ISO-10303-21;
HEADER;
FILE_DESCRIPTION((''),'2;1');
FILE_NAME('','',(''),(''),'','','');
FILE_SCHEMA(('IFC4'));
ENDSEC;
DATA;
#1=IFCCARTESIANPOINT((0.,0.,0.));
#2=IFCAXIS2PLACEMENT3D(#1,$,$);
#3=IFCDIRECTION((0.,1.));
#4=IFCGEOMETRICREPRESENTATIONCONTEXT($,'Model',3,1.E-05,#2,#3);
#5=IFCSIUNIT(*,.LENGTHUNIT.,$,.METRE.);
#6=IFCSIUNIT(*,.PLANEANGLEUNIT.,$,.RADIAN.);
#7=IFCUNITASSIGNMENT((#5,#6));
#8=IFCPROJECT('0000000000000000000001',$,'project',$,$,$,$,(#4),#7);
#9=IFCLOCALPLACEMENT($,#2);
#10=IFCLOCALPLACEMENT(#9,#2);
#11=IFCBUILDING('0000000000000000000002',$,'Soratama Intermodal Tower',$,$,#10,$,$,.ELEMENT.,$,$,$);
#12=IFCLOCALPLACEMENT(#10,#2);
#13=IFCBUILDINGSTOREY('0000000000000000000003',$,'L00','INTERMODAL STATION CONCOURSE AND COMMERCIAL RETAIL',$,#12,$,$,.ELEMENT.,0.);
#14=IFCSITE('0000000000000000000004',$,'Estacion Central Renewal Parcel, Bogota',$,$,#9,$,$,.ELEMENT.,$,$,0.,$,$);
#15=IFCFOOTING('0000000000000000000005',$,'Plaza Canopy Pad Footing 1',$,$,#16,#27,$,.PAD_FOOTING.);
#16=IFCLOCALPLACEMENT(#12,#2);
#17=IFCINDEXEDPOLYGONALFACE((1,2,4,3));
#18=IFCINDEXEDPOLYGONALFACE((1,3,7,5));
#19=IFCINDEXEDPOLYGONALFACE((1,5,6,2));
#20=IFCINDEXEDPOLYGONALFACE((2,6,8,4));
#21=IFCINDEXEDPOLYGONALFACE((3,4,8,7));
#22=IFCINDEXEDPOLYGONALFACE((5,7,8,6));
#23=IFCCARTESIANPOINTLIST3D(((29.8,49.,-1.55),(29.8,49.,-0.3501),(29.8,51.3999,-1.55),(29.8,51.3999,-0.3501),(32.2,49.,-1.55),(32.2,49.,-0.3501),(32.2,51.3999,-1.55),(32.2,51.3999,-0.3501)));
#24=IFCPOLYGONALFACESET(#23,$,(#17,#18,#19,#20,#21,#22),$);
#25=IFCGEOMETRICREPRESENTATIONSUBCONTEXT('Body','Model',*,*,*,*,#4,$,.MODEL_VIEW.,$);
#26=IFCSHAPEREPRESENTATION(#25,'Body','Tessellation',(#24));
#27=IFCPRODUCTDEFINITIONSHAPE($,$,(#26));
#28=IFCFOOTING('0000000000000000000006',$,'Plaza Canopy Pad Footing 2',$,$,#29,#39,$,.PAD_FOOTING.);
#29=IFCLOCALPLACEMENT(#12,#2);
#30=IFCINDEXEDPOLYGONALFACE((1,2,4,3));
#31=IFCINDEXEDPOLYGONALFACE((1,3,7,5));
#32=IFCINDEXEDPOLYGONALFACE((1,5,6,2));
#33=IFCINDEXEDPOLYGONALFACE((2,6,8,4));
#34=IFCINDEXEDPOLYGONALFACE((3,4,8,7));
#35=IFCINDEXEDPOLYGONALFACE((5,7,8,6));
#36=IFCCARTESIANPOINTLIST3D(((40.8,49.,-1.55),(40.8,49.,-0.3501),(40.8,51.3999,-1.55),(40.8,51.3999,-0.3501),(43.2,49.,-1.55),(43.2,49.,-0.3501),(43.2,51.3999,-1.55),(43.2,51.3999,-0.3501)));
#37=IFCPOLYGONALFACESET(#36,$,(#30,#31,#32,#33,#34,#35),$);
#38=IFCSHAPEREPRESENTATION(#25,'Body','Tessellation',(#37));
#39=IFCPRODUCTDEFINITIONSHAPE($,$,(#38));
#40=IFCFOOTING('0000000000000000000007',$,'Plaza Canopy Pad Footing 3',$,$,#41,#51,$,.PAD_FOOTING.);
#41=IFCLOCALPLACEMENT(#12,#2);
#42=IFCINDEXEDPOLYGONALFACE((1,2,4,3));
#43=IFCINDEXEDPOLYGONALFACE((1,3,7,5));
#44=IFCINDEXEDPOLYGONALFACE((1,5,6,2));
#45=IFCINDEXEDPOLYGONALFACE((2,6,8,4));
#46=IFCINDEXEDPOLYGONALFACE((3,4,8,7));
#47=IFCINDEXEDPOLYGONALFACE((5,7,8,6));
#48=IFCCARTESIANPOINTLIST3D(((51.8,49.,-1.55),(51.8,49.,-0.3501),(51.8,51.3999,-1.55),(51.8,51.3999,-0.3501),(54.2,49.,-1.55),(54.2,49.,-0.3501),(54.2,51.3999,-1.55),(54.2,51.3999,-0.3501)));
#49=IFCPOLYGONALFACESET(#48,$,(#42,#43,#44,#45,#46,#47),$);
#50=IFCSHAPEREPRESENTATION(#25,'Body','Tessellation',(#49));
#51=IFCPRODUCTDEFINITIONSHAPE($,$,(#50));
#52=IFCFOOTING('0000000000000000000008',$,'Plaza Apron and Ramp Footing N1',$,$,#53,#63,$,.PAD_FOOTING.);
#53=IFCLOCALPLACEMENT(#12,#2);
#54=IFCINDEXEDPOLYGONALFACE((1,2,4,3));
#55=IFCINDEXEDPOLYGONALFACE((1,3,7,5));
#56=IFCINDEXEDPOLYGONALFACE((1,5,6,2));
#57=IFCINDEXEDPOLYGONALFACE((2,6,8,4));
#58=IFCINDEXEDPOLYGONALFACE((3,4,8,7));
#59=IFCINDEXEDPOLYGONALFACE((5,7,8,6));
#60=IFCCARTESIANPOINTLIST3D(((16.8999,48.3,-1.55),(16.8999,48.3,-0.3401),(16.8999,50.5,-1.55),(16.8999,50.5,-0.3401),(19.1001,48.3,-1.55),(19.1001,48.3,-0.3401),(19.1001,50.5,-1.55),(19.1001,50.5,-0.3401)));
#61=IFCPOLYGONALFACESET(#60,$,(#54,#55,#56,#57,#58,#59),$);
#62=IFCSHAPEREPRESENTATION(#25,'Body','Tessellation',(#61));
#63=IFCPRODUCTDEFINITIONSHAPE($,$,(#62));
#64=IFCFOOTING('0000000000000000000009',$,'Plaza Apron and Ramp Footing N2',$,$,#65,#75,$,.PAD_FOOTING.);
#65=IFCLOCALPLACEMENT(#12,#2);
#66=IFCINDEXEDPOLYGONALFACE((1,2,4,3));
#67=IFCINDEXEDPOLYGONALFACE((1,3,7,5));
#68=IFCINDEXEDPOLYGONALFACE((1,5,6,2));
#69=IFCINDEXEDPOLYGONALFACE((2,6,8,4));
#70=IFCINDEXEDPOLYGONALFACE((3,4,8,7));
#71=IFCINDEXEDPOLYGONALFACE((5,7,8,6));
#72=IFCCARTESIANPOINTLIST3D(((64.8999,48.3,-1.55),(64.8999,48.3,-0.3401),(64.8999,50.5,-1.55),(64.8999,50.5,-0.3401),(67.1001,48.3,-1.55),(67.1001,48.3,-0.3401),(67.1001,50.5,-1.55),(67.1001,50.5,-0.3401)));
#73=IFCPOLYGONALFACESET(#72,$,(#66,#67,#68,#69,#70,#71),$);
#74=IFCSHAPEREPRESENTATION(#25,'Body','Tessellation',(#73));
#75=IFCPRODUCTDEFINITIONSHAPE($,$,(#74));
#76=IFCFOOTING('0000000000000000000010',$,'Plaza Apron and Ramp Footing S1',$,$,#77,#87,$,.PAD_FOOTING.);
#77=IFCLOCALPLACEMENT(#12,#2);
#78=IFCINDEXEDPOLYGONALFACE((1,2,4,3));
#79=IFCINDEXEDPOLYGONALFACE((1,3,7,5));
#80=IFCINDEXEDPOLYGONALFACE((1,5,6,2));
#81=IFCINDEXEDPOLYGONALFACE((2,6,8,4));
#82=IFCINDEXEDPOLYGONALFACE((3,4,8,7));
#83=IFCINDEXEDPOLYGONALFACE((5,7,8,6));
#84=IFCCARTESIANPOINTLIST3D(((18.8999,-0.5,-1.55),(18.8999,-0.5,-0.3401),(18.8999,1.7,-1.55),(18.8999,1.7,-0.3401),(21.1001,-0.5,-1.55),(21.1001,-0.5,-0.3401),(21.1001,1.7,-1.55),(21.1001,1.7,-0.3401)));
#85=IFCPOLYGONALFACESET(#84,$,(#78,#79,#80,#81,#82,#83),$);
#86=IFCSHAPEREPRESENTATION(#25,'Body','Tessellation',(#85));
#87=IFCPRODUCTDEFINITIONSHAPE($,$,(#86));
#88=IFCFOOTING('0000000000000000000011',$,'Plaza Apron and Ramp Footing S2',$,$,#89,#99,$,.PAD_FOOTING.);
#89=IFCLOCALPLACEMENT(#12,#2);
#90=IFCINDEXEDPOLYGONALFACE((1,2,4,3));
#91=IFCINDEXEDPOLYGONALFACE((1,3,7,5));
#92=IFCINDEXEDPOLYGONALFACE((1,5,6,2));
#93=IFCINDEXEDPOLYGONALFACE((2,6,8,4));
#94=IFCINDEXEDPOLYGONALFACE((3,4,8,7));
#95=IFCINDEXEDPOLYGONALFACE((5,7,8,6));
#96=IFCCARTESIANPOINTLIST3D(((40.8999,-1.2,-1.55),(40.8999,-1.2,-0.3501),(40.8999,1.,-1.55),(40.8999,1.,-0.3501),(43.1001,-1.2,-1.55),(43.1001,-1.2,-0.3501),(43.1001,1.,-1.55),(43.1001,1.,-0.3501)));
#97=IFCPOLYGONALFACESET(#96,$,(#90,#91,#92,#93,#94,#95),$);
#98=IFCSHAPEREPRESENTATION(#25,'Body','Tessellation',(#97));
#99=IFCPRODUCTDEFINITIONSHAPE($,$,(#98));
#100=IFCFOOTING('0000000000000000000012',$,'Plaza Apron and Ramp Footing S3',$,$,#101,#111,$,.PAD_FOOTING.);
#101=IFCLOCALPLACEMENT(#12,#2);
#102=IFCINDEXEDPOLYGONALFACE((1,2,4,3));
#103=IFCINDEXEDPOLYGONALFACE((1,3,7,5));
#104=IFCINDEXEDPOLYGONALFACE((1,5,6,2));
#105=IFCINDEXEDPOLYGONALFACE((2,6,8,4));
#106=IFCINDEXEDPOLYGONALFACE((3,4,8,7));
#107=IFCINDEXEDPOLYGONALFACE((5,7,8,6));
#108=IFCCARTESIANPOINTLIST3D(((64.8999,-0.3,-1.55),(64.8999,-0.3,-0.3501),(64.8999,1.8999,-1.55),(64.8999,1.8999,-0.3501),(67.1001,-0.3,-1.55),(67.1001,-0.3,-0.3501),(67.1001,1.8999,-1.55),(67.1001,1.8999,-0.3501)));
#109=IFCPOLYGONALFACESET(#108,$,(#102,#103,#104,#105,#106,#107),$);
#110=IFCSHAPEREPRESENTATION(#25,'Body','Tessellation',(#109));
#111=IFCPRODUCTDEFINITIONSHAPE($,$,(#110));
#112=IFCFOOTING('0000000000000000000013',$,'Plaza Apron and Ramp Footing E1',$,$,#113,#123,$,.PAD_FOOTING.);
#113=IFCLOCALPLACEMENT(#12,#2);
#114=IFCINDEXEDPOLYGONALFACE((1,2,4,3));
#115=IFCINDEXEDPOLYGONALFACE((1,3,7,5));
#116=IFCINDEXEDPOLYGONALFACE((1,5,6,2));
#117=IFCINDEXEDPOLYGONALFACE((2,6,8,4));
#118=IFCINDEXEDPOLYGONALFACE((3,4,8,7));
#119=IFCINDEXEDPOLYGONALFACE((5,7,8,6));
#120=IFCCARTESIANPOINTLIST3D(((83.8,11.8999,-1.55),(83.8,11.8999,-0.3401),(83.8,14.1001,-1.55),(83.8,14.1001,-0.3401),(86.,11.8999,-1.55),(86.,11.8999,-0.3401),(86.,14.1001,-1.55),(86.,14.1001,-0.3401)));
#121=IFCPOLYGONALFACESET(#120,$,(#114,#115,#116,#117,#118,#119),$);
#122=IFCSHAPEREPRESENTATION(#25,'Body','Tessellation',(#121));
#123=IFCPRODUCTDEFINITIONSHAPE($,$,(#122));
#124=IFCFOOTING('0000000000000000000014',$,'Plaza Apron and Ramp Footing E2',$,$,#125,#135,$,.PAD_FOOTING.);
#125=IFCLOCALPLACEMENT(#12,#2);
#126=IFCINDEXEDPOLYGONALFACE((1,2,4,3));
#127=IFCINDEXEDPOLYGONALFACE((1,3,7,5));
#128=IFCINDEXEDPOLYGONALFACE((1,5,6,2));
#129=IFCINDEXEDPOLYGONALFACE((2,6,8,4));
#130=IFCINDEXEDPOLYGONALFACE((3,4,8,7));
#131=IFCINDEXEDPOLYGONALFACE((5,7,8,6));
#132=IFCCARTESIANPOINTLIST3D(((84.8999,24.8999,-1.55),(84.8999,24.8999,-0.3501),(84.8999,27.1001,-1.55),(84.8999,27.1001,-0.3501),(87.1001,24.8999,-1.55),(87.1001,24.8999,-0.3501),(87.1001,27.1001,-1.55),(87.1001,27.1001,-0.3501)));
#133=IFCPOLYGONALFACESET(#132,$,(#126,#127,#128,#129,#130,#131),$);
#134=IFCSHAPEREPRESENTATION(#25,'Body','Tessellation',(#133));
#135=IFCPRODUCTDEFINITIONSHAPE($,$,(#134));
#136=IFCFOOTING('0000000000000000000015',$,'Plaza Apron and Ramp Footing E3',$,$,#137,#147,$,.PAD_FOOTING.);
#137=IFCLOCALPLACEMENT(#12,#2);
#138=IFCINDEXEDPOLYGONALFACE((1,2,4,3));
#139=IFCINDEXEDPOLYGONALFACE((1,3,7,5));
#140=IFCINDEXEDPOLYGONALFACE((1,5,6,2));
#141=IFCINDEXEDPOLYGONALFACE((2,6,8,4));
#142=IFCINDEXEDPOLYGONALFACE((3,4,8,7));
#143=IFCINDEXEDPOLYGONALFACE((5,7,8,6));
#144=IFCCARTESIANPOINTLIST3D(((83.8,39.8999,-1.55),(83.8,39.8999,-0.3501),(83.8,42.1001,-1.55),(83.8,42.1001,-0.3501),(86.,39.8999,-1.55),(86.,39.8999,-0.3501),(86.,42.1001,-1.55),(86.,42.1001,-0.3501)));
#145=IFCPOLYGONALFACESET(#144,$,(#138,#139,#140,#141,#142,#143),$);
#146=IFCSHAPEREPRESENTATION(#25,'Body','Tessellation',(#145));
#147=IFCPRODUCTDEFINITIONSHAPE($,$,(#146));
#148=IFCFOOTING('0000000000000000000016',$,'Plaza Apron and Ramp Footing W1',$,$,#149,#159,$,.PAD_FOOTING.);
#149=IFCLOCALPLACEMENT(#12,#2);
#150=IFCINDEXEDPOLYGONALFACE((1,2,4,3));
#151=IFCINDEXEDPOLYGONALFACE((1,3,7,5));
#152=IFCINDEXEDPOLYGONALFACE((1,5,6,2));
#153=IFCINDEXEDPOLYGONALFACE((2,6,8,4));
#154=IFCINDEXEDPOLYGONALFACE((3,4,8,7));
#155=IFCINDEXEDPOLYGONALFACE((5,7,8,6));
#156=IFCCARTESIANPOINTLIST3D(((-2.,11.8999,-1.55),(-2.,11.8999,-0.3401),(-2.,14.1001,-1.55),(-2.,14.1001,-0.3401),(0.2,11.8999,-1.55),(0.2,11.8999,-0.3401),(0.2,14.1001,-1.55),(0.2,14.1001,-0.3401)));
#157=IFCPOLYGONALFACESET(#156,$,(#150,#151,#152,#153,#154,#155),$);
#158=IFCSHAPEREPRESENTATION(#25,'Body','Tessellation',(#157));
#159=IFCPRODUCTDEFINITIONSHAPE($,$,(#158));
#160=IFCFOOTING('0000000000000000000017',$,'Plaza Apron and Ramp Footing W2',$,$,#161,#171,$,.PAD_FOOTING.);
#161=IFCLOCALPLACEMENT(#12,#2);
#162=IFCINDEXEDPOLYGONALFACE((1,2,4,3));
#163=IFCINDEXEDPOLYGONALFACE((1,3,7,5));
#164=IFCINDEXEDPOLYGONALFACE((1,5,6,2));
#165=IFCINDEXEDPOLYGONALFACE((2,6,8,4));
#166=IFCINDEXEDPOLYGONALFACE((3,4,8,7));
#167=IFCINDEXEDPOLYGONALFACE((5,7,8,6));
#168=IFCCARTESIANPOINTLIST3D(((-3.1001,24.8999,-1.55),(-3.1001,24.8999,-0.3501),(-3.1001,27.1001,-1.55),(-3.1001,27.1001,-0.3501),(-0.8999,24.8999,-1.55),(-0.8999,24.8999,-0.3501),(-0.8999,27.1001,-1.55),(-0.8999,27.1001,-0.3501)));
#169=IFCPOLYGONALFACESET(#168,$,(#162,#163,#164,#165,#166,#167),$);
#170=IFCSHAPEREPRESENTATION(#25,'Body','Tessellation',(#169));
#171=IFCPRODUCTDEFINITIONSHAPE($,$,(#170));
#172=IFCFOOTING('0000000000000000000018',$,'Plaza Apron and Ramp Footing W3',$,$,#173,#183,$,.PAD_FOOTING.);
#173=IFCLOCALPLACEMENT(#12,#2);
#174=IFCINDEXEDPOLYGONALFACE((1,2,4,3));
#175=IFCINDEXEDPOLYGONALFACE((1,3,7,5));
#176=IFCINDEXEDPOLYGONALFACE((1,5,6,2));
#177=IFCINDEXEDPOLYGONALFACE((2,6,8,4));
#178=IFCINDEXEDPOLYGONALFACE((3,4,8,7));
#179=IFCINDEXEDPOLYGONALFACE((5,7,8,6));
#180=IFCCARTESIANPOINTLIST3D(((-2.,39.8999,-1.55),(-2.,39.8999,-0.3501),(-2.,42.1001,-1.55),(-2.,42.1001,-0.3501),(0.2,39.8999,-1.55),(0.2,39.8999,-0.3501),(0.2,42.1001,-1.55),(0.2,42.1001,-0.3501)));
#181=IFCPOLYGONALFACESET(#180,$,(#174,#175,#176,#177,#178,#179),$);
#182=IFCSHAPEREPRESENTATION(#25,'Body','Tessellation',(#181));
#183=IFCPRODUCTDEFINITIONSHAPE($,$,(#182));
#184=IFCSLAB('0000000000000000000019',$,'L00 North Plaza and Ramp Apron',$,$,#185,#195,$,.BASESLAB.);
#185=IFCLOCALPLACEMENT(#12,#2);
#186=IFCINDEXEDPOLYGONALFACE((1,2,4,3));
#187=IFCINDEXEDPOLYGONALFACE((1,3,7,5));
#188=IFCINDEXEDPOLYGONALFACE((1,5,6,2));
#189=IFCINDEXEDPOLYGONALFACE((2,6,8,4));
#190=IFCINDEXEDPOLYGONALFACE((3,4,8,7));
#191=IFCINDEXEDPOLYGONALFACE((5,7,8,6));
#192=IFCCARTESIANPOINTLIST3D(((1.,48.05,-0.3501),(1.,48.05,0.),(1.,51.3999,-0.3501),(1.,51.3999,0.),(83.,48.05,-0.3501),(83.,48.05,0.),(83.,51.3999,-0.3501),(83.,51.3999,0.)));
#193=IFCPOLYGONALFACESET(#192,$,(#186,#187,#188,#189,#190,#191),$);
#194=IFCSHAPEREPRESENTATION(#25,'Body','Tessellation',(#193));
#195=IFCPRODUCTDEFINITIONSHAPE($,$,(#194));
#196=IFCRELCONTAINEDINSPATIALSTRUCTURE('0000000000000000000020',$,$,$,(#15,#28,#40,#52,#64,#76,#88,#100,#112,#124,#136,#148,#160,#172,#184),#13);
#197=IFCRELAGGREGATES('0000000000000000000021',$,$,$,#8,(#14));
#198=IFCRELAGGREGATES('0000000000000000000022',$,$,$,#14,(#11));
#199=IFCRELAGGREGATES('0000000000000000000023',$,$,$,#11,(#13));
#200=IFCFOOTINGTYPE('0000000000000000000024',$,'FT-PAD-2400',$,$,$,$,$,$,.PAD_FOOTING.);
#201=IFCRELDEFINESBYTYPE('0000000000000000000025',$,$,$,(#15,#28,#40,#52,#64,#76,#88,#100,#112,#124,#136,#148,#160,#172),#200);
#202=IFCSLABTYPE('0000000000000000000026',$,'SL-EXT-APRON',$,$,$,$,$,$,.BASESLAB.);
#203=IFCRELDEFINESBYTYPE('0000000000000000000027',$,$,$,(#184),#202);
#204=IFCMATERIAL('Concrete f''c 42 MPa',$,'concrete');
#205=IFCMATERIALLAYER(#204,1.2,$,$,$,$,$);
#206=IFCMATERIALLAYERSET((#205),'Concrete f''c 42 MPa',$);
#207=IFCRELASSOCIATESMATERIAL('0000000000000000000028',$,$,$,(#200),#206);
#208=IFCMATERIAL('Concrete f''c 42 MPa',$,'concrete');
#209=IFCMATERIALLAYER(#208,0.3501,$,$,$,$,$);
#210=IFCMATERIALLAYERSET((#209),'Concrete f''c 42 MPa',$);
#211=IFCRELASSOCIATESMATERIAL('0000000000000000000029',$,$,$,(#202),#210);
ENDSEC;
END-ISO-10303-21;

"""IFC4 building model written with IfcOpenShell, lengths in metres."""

from ifc_helpers import new_model, si_unit, direction, frame, origin, place, context, subcontext, project, spatial, polyline, outline, extrude, material, layer, layer_set, type_object, element, save


model = new_model("IFC4")

# Units and contexts
model_context = context("Model", 3, precision=1e-05, world=origin(), true_north=direction((0.0, 1.0)))
body_context = subcontext(model_context, "Body", "Model", "MODEL_VIEW")
ifc_project = project(units=[si_unit("LENGTHUNIT", "METRE"), si_unit("PLANEANGLEUNIT", "RADIAN")], contexts=[model_context])

# Site, building, storey
site_placement = place(None, origin())
site = spatial("IfcSite", under=ifc_project, at=site_placement, Name="Estacion Central Renewal Parcel, Bogota", CompositionType="ELEMENT", RefElevation=0.0)
building_placement = place(site_placement, origin())
building = spatial("IfcBuilding", under=site, at=building_placement, Name="Soratama Intermodal Tower", CompositionType="ELEMENT")
storey_placement = place(building_placement, origin())
storey = spatial("IfcBuildingStorey", under=building, at=storey_placement, Name="L00", Description="INTERMODAL STATION CONCOURSE AND COMMERCIAL RETAIL", CompositionType="ELEMENT", Elevation=0.0)

# Footings
ifc_material_1 = material(Name="Concrete f'c 42 MPa", Category="concrete")
ifc_layer_1 = layer(ifc_material_1, 1.2)
ifc_layer_set_1 = layer_set([ifc_layer_1], Name="Concrete f'c 42 MPa")
footing_type = type_object("IfcFootingType", Name="FT-PAD-2400", PredefinedType="PAD_FOOTING", material=ifc_layer_set_1)
footing_1_placement = place(storey_placement, frame((0.0, 0.0, -1.55)))
element("IfcFooting", 1, at=footing_1_placement, inside=storey, type_object=footing_type, Name="Plaza Canopy Pad Footing 1", PredefinedType="PAD_FOOTING", context=body_context, shape_type="SweptSolid", body=[
    extrude(outline(polyline([(29.8, 49.0), (32.2, 49.0), (32.2, 51.3999), (29.8, 51.3999), (29.8, 49.0)])), origin(), (0.0, 0.0, 1.0), 1.2),
])
footing_2_placement = place(storey_placement, frame((0.0, 0.0, -1.55)))
element("IfcFooting", 2, at=footing_2_placement, inside=storey, type_object=footing_type, Name="Plaza Canopy Pad Footing 2", PredefinedType="PAD_FOOTING", context=body_context, shape_type="SweptSolid", body=[
    extrude(outline(polyline([(40.8, 49.0), (43.2, 49.0), (43.2, 51.3999), (40.8, 51.3999), (40.8, 49.0)])), origin(), (0.0, 0.0, 1.0), 1.2),
])
footing_3_placement = place(storey_placement, frame((0.0, 0.0, -1.55)))
element("IfcFooting", 3, at=footing_3_placement, inside=storey, type_object=footing_type, Name="Plaza Canopy Pad Footing 3", PredefinedType="PAD_FOOTING", context=body_context, shape_type="SweptSolid", body=[
    extrude(outline(polyline([(51.8, 49.0), (54.2, 49.0), (54.2, 51.3999), (51.8, 51.3999), (51.8, 49.0)])), origin(), (0.0, 0.0, 1.0), 1.2),
])
footing_4_placement = place(storey_placement, frame((0.0, 0.0, -1.55)))
element("IfcFooting", 4, at=footing_4_placement, inside=storey, type_object=footing_type, Name="Plaza Apron and Ramp Footing N1", PredefinedType="PAD_FOOTING", context=body_context, shape_type="SweptSolid", body=[
    extrude(outline(polyline([(16.8999, 48.3), (19.1001, 48.3), (19.1001, 50.5), (16.8999, 50.5), (16.8999, 48.3)])), origin(), (0.0, 0.0, 1.0), 1.21),
])
footing_5_placement = place(storey_placement, frame((0.0, 0.0, -1.55)))
element("IfcFooting", 5, at=footing_5_placement, inside=storey, type_object=footing_type, Name="Plaza Apron and Ramp Footing N2", PredefinedType="PAD_FOOTING", context=body_context, shape_type="SweptSolid", body=[
    extrude(outline(polyline([(64.8999, 48.3), (67.1001, 48.3), (67.1001, 50.5), (64.8999, 50.5), (64.8999, 48.3)])), origin(), (0.0, 0.0, 1.0), 1.21),
])
footing_6_placement = place(storey_placement, frame((0.0, 0.0, -1.55)))
element("IfcFooting", 6, at=footing_6_placement, inside=storey, type_object=footing_type, Name="Plaza Apron and Ramp Footing S1", PredefinedType="PAD_FOOTING", context=body_context, shape_type="SweptSolid", body=[
    extrude(outline(polyline([(18.8999, -0.5), (21.1001, -0.5), (21.1001, 1.7), (18.8999, 1.7), (18.8999, -0.5)])), origin(), (0.0, 0.0, 1.0), 1.21),
])
footing_7_placement = place(storey_placement, frame((0.0, 0.0, -1.55)))
element("IfcFooting", 7, at=footing_7_placement, inside=storey, type_object=footing_type, Name="Plaza Apron and Ramp Footing S2", PredefinedType="PAD_FOOTING", context=body_context, shape_type="SweptSolid", body=[
    extrude(outline(polyline([(40.8999, -1.2), (43.1001, -1.2), (43.1001, 1.0), (40.8999, 1.0), (40.8999, -1.2)])), origin(), (0.0, 0.0, 1.0), 1.2),
])
footing_8_placement = place(storey_placement, frame((0.0, 0.0, -1.55)))
element("IfcFooting", 8, at=footing_8_placement, inside=storey, type_object=footing_type, Name="Plaza Apron and Ramp Footing S3", PredefinedType="PAD_FOOTING", context=body_context, shape_type="SweptSolid", body=[
    extrude(outline(polyline([(64.8999, -0.3), (67.1001, -0.3), (67.1001, 1.8999), (64.8999, 1.8999), (64.8999, -0.3)])), origin(), (0.0, 0.0, 1.0), 1.2),
])
footing_9_placement = place(storey_placement, frame((0.0, 0.0, -1.55)))
element("IfcFooting", 9, at=footing_9_placement, inside=storey, type_object=footing_type, Name="Plaza Apron and Ramp Footing E1", PredefinedType="PAD_FOOTING", context=body_context, shape_type="SweptSolid", body=[
    extrude(outline(polyline([(83.8, 11.8999), (86.0, 11.8999), (86.0, 14.1001), (83.8, 14.1001), (83.8, 11.8999)])), origin(), (0.0, 0.0, 1.0), 1.21),
])
footing_10_placement = place(storey_placement, frame((0.0, 0.0, -1.55)))
element("IfcFooting", 10, at=footing_10_placement, inside=storey, type_object=footing_type, Name="Plaza Apron and Ramp Footing E2", PredefinedType="PAD_FOOTING", context=body_context, shape_type="SweptSolid", body=[
    extrude(outline(polyline([(84.8999, 24.8999), (87.1001, 24.8999), (87.1001, 27.1001), (84.8999, 27.1001), (84.8999, 24.8999)])), origin(), (0.0, 0.0, 1.0), 1.2),
])
footing_11_placement = place(storey_placement, frame((0.0, 0.0, -1.55)))
element("IfcFooting", 11, at=footing_11_placement, inside=storey, type_object=footing_type, Name="Plaza Apron and Ramp Footing E3", PredefinedType="PAD_FOOTING", context=body_context, shape_type="SweptSolid", body=[
    extrude(outline(polyline([(83.8, 39.8999), (86.0, 39.8999), (86.0, 42.1001), (83.8, 42.1001), (83.8, 39.8999)])), origin(), (0.0, 0.0, 1.0), 1.2),
])
footing_12_placement = place(storey_placement, frame((0.0, 0.0, -1.55)))
element("IfcFooting", 12, at=footing_12_placement, inside=storey, type_object=footing_type, Name="Plaza Apron and Ramp Footing W1", PredefinedType="PAD_FOOTING", context=body_context, shape_type="SweptSolid", body=[
    extrude(outline(polyline([(-2.0, 11.8999), (0.2, 11.8999), (0.2, 14.1001), (-2.0, 14.1001), (-2.0, 11.8999)])), origin(), (0.0, 0.0, 1.0), 1.21),
])
footing_13_placement = place(storey_placement, frame((0.0, 0.0, -1.55)))
element("IfcFooting", 13, at=footing_13_placement, inside=storey, type_object=footing_type, Name="Plaza Apron and Ramp Footing W2", PredefinedType="PAD_FOOTING", context=body_context, shape_type="SweptSolid", body=[
    extrude(outline(polyline([(-3.1001, 24.8999), (-0.8999, 24.8999), (-0.8999, 27.1001), (-3.1001, 27.1001), (-3.1001, 24.8999)])), origin(), (0.0, 0.0, 1.0), 1.2),
])
footing_14_placement = place(storey_placement, frame((0.0, 0.0, -1.55)))
element("IfcFooting", 14, at=footing_14_placement, inside=storey, type_object=footing_type, Name="Plaza Apron and Ramp Footing W3", PredefinedType="PAD_FOOTING", context=body_context, shape_type="SweptSolid", body=[
    extrude(outline(polyline([(-2.0, 39.8999), (0.2, 39.8999), (0.2, 42.1001), (-2.0, 42.1001), (-2.0, 39.8999)])), origin(), (0.0, 0.0, 1.0), 1.2),
])

# Slab
ifc_material_2 = material(Name="Concrete f'c 42 MPa", Category="concrete")
ifc_layer_2 = layer(ifc_material_2, 0.3501)
ifc_layer_set_2 = layer_set([ifc_layer_2], Name="Concrete f'c 42 MPa")
slab_type_1 = type_object("IfcSlabType", Name="SL-EXT-APRON", PredefinedType="BASESLAB", material=ifc_layer_set_2)
slab_1_placement = place(storey_placement, frame((0.0, 0.0, -0.3501)))
element("IfcSlab", 15, at=slab_1_placement, inside=storey, type_object=slab_type_1, Name="L00 North Plaza and Ramp Apron", PredefinedType="BASESLAB", context=body_context, shape_type="SweptSolid", body=[
    extrude(outline(polyline([(1.0, 48.05), (83.0, 48.05), (83.0, 51.3999), (1.0, 51.3999), (1.0, 48.05)])), origin(), (0.0, 0.0, 1.0), 0.3501),
])

save(model, "model.ifc")
